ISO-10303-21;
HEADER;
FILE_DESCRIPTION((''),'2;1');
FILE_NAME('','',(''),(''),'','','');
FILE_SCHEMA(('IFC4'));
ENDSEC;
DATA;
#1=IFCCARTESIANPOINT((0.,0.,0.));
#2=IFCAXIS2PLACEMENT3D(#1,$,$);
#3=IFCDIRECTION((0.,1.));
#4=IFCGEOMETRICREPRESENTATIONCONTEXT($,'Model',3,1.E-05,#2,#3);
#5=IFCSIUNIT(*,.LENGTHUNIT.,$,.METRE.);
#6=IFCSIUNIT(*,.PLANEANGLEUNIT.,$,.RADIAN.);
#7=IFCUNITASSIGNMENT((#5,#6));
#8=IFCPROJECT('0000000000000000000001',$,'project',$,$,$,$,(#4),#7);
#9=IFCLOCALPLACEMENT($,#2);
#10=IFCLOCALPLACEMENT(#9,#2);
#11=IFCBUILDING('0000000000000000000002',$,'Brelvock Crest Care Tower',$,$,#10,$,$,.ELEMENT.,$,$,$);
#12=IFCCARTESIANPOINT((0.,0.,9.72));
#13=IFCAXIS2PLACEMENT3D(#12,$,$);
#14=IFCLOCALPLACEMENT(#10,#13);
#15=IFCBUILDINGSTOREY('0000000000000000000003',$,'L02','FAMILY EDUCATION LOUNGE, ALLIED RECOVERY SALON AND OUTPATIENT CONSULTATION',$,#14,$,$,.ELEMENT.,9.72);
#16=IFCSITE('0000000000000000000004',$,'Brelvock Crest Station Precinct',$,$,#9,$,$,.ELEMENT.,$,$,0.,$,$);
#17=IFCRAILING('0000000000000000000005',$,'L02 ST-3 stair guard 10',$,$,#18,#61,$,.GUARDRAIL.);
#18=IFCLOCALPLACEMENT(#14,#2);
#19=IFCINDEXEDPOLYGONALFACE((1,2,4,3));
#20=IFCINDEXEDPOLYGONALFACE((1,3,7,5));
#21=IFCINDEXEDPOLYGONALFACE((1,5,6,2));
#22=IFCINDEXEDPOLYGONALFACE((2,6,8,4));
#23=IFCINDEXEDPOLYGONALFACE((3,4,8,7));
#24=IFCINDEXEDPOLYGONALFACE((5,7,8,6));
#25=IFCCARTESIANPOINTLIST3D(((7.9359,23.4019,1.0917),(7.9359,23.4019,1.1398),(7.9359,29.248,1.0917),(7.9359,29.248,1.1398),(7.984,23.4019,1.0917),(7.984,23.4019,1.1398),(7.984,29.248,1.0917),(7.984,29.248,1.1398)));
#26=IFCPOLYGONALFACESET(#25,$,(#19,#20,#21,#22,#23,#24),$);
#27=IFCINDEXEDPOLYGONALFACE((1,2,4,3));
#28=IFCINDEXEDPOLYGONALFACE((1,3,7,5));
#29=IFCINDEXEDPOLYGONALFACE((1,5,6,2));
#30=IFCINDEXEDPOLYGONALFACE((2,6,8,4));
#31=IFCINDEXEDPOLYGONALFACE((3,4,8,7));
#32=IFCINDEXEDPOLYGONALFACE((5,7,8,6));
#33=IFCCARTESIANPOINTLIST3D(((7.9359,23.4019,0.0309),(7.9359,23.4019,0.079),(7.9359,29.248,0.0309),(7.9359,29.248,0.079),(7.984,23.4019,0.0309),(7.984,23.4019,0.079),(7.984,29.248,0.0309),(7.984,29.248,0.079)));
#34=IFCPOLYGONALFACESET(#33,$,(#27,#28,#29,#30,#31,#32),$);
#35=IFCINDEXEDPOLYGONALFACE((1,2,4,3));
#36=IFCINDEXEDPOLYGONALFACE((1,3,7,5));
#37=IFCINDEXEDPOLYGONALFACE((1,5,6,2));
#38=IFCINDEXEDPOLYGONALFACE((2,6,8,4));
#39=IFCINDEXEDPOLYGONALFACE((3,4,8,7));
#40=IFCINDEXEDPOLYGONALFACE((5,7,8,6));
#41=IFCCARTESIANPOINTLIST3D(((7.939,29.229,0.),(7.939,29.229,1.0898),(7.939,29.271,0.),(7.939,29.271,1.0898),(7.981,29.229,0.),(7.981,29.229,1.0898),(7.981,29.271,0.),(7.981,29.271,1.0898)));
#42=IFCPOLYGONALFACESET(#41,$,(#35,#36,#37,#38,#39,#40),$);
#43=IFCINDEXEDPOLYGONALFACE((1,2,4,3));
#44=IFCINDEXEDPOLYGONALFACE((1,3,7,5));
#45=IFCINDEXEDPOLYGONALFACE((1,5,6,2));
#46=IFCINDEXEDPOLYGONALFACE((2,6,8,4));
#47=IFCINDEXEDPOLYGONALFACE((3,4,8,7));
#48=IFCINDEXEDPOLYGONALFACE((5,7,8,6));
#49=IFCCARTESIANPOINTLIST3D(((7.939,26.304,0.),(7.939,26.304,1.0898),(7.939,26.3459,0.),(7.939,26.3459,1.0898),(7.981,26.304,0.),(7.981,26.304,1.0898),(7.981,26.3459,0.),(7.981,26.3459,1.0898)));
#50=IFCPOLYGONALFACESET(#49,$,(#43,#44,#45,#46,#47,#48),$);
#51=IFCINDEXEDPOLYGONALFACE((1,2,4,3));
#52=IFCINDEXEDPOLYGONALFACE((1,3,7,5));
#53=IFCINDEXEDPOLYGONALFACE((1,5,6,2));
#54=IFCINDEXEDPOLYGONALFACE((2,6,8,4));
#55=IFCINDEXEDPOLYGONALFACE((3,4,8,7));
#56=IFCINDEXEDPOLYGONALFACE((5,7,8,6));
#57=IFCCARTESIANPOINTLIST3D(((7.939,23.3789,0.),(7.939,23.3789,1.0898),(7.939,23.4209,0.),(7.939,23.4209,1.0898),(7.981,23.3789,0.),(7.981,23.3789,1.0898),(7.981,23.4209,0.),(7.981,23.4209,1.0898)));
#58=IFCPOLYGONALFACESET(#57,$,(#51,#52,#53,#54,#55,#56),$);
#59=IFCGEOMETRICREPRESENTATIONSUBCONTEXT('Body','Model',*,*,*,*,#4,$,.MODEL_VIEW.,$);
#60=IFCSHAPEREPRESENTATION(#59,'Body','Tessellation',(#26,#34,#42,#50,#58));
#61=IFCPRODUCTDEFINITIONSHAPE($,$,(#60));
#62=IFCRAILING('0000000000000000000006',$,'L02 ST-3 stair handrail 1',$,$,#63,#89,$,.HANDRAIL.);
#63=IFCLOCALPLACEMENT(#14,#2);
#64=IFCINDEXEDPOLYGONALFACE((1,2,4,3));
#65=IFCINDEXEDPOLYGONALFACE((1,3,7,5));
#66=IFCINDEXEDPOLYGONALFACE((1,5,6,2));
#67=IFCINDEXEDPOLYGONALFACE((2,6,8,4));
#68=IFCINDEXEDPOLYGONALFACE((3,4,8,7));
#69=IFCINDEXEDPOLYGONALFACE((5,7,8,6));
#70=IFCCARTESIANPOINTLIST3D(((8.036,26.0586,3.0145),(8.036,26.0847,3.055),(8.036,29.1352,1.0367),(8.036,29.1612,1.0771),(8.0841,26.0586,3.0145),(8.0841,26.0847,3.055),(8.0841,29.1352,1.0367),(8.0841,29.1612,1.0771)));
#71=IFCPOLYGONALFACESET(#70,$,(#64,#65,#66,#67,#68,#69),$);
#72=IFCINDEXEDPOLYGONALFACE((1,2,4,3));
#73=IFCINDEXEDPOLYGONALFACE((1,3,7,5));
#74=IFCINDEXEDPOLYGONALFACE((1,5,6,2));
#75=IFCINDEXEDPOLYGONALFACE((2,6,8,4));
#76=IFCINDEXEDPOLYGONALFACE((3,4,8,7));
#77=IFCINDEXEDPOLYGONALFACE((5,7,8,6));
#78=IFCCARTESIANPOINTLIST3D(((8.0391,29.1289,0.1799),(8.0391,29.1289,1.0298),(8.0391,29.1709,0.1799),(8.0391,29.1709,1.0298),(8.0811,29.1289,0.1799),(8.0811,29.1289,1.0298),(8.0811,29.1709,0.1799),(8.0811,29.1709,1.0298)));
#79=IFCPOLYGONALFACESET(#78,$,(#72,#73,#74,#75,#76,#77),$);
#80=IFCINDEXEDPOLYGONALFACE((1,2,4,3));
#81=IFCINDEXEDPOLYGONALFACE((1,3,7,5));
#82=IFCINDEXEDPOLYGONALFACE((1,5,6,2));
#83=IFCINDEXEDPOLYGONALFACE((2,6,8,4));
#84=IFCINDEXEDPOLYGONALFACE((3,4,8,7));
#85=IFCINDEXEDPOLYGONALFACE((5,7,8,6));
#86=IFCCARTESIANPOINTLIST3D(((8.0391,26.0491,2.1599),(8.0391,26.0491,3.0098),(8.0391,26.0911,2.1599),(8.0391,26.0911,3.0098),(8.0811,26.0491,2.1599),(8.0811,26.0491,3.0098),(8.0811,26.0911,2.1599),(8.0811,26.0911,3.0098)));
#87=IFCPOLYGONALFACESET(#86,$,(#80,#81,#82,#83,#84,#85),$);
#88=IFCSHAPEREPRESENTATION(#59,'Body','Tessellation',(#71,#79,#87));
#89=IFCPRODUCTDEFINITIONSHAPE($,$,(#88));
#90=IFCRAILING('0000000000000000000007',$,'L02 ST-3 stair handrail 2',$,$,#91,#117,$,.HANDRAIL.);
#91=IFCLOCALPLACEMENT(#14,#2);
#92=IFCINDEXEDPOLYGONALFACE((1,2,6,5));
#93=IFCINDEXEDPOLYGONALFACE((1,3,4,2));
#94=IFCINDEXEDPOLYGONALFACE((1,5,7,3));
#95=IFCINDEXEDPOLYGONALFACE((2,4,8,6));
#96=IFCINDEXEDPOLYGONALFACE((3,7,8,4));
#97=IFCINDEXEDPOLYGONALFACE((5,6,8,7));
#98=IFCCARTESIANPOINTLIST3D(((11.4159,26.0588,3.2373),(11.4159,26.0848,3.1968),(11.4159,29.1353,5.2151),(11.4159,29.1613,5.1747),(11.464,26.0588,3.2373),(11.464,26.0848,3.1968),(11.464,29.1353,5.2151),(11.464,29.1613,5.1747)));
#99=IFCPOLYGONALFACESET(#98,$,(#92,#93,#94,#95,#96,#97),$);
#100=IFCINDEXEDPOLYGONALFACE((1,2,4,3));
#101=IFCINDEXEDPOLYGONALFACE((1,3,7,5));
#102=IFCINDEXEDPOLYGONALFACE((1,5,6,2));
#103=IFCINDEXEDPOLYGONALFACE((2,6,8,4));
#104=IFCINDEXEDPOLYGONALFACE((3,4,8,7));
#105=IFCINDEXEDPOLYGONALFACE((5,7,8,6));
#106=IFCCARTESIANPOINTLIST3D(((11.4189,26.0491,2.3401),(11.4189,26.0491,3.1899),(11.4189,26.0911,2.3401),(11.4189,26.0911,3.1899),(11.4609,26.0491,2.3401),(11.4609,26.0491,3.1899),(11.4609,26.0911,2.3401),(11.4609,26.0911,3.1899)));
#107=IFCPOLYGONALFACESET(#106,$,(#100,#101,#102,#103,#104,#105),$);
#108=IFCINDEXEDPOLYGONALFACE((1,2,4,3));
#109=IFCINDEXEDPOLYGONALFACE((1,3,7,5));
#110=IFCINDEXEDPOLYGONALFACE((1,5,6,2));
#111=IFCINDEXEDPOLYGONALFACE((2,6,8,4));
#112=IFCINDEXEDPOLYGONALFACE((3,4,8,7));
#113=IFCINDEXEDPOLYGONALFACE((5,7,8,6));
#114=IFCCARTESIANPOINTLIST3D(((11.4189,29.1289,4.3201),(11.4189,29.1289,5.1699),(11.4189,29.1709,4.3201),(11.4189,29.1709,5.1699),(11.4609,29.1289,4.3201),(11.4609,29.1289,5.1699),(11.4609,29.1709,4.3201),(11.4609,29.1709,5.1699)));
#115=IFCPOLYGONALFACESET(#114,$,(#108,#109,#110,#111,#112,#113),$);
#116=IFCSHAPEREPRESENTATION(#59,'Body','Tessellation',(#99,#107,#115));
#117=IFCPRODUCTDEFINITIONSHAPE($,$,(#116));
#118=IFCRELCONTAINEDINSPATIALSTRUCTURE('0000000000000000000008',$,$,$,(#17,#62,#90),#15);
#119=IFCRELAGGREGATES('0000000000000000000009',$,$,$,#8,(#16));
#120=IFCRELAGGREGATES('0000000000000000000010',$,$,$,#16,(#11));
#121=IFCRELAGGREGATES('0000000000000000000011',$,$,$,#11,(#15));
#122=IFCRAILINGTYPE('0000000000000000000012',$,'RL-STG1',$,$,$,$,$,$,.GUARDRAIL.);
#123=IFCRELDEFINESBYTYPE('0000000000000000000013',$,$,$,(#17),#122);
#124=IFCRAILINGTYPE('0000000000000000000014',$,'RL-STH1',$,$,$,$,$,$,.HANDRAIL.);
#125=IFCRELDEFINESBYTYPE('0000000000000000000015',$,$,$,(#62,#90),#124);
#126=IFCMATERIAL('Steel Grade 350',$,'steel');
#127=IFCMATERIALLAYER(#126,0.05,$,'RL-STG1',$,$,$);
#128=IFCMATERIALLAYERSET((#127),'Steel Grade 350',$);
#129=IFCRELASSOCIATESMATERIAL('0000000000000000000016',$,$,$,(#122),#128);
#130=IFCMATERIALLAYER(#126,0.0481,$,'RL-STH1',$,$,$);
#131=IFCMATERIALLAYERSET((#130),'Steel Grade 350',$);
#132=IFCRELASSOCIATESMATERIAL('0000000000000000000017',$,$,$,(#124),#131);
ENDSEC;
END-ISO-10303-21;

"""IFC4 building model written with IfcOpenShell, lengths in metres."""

from ifc_helpers import new_model, si_unit, direction, frame, origin, origin_2d, place, context, subcontext, project, spatial, rectangle, extrude, material, layer, layer_set, type_object, element, save


model = new_model("IFC4")

# Units and contexts
model_context = context("Model", 3, precision=1e-05, world=origin(), true_north=direction((0.0, 1.0)))
body_context = subcontext(model_context, "Body", "Model", "MODEL_VIEW")
ifc_project = project(units=[si_unit("LENGTHUNIT", "METRE"), si_unit("PLANEANGLEUNIT", "RADIAN")], contexts=[model_context])

# Site, building, storey
site_placement = place(None, origin())
site = spatial("IfcSite", under=ifc_project, at=site_placement, Name="Brelvock Crest Station Precinct", CompositionType="ELEMENT", RefElevation=0.0)
building_placement = place(site_placement, origin())
building = spatial("IfcBuilding", under=site, at=building_placement, Name="Brelvock Crest Care Tower", CompositionType="ELEMENT")
storey_placement = place(building_placement, frame((0.0, 0.0, 9.72)))
storey = spatial("IfcBuildingStorey", under=building, at=storey_placement, Name="L02", Description="FAMILY EDUCATION LOUNGE, ALLIED RECOVERY SALON AND OUTPATIENT CONSULTATION", CompositionType="ELEMENT", Elevation=9.72)

# Railings
ifc_material_1 = material(Name="Steel Grade 350", Category="steel")
ifc_layer_1 = layer(ifc_material_1, 0.05, Name="RL-STG1")
ifc_layer_set_1 = layer_set([ifc_layer_1], Name="Steel Grade 350")
railing_type_1 = type_object("IfcRailingType", Name="RL-STG1", PredefinedType="GUARDRAIL", material=ifc_layer_set_1)
railing_1_placement = place(storey_placement, frame((7.96, 29.25, 0.0)))
element("IfcRailing", 1, at=railing_1_placement, inside=storey, type_object=railing_type_1, Name="L02 ST-3 stair guard 10", PredefinedType="GUARDRAIL", context=body_context, shape_type="SweptSolid", body=[
    extrude(rectangle(XDim=0.0481, YDim=0.0481, at=origin_2d()), frame((0.0, -0.002, 1.1157), z_axis=(0.0, -1.0, 0.0), x_axis=(1.0, 0.0, 0.0)), (0.0, 0.0, 1.0), 5.8462),
    extrude(rectangle(XDim=0.0481, YDim=0.0481, at=origin_2d()), frame((0.0, -0.002, 0.0549), z_axis=(0.0, -1.0, 0.0), x_axis=(1.0, 0.0, 0.0)), (0.0, 0.0, 1.0), 5.8462),
    extrude(rectangle(XDim=0.042, YDim=0.042, at=origin_2d()), origin(), (0.0, 0.0, 1.0), 1.0898),
    extrude(rectangle(XDim=0.042, YDim=0.042, at=origin_2d()), frame((0.0, -2.925, 0.0)), (0.0, 0.0, 1.0), 1.0898),
    extrude(rectangle(XDim=0.042, YDim=0.042, at=origin_2d()), frame((0.0, -5.8501, 0.0)), (0.0, 0.0, 1.0), 1.0898),
])
ifc_layer_2 = layer(ifc_material_1, 0.0481, Name="RL-STH1")
ifc_layer_set_2 = layer_set([ifc_layer_2], Name="Steel Grade 350")
railing_type_2 = type_object("IfcRailingType", Name="RL-STH1", PredefinedType="HANDRAIL", material=ifc_layer_set_2)
railing_2_placement = place(storey_placement, frame((8.0601, 29.1499, 0.1799)))
element("IfcRailing", 2, at=railing_2_placement, inside=storey, type_object=railing_type_2, Name="L02 ST-3 stair handrail 1", PredefinedType="HANDRAIL", context=body_context, shape_type="SweptSolid", body=[
    extrude(rectangle(XDim=0.0481, YDim=0.0481, at=origin_2d()), frame((0.0, -0.0017, 0.877), z_axis=(0.0, -0.841168, 0.540774), x_axis=(1.0, 0.0, 0.0)), (0.0, 0.0, 1.0), 3.6575),
    extrude(rectangle(XDim=0.042, YDim=0.042, at=origin_2d()), origin(), (0.0, 0.0, 1.0), 0.8499),
    extrude(rectangle(XDim=0.042, YDim=0.042, at=origin_2d()), frame((0.0, -3.0798, 1.98)), (0.0, 0.0, 1.0), 0.8499),
])
railing_3_placement = place(storey_placement, frame((11.4399, 26.0701, 2.3401)))
element("IfcRailing", 3, at=railing_3_placement, inside=storey, type_object=railing_type_2, Name="L02 ST-3 stair handrail 2", PredefinedType="HANDRAIL", context=body_context, shape_type="SweptSolid", body=[
    extrude(rectangle(XDim=0.0481, YDim=0.0481, at=origin_2d()), frame((0.0, 0.0017, 0.877), z_axis=(0.0, 0.841168, 0.540774), x_axis=(-1.0, 0.0, 0.0)), (0.0, 0.0, 1.0), 3.6575),
    extrude(rectangle(XDim=0.042, YDim=0.042, at=origin_2d()), origin(), (0.0, 0.0, 1.0), 0.8499),
    extrude(rectangle(XDim=0.042, YDim=0.042, at=origin_2d()), frame((0.0, 3.0798, 1.98)), (0.0, 0.0, 1.0), 0.8499),
])

save(model, "model.ifc")
